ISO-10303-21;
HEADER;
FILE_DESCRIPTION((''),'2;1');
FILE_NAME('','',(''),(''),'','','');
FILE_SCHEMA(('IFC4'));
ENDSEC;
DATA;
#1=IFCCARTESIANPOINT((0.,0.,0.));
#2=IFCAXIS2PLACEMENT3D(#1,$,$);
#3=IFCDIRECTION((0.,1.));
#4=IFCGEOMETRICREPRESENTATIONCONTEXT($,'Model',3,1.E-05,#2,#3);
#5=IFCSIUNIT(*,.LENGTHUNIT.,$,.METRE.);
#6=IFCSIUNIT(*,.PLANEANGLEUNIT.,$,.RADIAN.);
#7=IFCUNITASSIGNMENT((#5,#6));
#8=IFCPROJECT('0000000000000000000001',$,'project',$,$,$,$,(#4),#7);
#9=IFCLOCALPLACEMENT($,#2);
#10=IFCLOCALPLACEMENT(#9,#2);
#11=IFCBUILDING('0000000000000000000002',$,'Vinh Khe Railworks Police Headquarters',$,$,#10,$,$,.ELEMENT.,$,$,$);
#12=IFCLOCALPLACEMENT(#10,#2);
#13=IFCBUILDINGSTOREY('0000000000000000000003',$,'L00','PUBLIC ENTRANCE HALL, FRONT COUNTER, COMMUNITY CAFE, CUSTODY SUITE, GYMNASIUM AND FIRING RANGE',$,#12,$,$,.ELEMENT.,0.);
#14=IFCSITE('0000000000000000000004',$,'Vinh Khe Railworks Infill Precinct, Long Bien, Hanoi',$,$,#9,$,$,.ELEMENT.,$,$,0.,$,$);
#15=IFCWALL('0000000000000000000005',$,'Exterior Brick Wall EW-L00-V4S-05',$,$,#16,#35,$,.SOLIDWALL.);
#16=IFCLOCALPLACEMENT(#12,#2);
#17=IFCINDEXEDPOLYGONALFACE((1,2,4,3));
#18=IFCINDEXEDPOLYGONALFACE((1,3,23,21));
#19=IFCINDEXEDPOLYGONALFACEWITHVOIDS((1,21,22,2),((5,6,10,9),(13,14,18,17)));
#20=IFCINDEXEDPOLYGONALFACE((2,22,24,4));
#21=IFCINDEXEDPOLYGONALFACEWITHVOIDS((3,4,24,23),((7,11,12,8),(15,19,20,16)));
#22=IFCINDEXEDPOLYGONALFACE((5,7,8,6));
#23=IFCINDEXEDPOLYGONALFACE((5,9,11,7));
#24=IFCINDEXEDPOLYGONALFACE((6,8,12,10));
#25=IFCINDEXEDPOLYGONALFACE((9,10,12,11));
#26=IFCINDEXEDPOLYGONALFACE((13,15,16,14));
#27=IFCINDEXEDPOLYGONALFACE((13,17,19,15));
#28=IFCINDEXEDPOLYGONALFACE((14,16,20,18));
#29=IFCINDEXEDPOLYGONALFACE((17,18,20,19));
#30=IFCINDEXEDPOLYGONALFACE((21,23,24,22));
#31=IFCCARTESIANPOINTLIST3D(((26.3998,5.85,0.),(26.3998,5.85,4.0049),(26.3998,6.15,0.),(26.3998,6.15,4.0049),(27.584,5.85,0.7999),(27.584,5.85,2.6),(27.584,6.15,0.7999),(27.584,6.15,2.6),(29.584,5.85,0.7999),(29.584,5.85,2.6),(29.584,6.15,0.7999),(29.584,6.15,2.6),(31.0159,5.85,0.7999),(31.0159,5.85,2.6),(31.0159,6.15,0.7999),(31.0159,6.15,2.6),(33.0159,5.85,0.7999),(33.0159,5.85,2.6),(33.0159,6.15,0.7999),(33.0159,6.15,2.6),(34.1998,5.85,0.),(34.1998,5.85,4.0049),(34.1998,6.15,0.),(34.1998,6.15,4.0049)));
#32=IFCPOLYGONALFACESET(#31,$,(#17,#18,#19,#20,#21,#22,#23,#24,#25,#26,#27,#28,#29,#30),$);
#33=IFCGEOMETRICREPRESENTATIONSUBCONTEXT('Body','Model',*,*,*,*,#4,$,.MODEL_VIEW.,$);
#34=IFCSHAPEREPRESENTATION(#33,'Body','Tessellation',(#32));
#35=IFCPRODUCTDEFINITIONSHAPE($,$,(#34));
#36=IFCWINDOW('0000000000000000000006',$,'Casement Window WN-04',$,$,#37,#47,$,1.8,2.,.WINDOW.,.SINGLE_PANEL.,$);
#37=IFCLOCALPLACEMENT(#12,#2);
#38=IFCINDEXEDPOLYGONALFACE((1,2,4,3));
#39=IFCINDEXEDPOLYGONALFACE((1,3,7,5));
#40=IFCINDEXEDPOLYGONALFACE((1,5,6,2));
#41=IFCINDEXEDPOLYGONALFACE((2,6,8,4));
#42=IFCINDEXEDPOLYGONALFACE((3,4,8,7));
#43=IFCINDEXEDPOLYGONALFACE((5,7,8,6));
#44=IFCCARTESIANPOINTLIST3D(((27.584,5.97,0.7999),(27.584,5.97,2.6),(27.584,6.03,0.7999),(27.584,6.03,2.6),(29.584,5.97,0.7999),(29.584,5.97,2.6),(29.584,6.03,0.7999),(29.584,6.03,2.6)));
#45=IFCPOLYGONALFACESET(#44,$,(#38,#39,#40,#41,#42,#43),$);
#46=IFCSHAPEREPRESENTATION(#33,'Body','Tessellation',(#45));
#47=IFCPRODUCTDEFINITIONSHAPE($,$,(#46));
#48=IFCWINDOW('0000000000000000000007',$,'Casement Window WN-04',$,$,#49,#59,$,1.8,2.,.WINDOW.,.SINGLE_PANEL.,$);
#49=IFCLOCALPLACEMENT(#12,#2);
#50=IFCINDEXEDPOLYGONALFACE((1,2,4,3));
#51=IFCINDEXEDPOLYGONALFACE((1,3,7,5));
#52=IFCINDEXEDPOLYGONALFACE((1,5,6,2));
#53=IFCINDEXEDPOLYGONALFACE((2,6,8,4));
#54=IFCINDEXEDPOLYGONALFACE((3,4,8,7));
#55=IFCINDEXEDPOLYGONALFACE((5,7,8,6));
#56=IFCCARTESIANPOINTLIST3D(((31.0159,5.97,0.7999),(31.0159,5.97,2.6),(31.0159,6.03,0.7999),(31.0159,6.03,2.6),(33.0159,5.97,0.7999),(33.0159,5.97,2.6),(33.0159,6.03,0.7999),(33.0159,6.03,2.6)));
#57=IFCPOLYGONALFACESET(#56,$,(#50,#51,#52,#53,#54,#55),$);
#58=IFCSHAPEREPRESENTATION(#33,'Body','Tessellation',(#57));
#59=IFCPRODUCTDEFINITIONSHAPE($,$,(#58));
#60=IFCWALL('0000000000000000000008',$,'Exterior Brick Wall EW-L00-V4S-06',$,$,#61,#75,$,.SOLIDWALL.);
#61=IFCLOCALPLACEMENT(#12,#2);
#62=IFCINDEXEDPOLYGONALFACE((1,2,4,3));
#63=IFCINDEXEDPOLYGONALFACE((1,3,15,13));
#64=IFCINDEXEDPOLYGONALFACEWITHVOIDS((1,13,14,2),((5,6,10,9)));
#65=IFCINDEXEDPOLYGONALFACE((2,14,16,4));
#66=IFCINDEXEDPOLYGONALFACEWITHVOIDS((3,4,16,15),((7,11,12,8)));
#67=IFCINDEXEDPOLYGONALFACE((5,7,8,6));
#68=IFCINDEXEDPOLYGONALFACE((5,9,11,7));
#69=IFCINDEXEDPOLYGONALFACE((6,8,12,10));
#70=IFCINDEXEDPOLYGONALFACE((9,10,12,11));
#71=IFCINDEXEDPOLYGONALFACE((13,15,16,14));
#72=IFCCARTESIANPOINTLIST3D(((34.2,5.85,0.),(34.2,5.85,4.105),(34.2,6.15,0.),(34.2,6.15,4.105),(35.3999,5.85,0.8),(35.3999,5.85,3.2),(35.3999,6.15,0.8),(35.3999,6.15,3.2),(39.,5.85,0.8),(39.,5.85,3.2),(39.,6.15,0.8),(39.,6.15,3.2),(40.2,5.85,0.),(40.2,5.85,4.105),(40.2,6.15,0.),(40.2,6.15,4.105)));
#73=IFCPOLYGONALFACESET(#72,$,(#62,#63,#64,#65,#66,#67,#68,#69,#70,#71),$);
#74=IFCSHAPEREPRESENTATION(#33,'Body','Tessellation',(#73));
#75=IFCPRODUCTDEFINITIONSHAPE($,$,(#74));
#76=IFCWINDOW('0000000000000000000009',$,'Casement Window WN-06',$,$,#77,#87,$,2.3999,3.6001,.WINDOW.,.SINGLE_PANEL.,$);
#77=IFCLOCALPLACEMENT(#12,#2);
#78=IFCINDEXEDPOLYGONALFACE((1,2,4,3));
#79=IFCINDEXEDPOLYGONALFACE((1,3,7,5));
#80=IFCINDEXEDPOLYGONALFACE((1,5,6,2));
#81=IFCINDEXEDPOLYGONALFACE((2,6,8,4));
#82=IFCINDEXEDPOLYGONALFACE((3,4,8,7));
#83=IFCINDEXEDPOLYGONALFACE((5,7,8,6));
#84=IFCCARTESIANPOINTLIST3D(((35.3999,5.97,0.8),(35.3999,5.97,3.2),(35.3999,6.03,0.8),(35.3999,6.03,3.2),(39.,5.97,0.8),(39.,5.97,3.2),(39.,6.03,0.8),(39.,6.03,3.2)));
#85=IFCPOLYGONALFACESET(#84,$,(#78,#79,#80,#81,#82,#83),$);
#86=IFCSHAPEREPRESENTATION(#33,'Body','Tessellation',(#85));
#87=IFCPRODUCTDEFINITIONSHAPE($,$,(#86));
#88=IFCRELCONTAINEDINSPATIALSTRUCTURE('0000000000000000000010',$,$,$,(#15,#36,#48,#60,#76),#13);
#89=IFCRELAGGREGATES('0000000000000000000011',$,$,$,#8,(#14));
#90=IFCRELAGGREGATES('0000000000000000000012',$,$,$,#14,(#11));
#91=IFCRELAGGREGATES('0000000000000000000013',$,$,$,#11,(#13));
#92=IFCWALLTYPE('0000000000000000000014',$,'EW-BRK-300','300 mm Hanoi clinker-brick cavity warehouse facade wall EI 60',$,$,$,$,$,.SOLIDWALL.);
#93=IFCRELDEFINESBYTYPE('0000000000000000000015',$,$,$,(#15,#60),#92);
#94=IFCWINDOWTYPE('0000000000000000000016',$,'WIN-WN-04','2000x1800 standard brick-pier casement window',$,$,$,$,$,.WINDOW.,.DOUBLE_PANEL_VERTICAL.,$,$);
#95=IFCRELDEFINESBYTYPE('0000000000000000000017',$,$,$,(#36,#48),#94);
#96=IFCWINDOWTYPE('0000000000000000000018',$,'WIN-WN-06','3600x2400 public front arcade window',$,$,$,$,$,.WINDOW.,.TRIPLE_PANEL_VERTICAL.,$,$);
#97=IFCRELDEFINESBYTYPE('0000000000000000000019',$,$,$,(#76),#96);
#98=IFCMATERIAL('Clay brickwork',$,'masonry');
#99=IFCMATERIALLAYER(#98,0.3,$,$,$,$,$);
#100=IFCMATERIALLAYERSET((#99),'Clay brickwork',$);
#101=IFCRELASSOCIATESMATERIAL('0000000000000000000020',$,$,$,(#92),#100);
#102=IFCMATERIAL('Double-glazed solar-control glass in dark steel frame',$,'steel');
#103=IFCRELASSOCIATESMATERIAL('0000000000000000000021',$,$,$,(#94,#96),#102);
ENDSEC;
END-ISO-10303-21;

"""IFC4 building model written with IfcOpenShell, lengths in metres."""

from ifc_helpers import new_model, si_unit, direction, frame, frame_2d, origin, place, context, subcontext, project, spatial, rectangle, extrude, material, layer, layer_set, type_object, element, fill, save


model = new_model("IFC4")

# Units and contexts
model_context = context("Model", 3, precision=1e-05, world=origin(), true_north=direction((0.0, 1.0)))
body_context = subcontext(model_context, "Body", "Model", "MODEL_VIEW")
ifc_project = project(units=[si_unit("LENGTHUNIT", "METRE"), si_unit("PLANEANGLEUNIT", "RADIAN")], contexts=[model_context])

# Site, building, storey
site_placement = place(None, origin())
site = spatial("IfcSite", under=ifc_project, at=site_placement, Name="Vinh Khe Railworks Infill Precinct, Long Bien, Hanoi", CompositionType="ELEMENT", RefElevation=0.0)
building_placement = place(site_placement, origin())
building = spatial("IfcBuilding", under=site, at=building_placement, Name="Vinh Khe Railworks Police Headquarters", CompositionType="ELEMENT")
storey_placement = place(building_placement, origin())
storey = spatial("IfcBuildingStorey", under=building, at=storey_placement, Name="L00", Description="PUBLIC ENTRANCE HALL, FRONT COUNTER, COMMUNITY CAFE, CUSTODY SUITE, GYMNASIUM AND FIRING RANGE", CompositionType="ELEMENT", Elevation=0.0)

# Wall, openings, windows
ifc_material_1 = material(Name="Clay brickwork", Category="masonry")
ifc_layer = layer(ifc_material_1, 0.3)
ifc_layer_set = layer_set([ifc_layer], Name="Clay brickwork")
wall_type = type_object("IfcWallType", Name="EW-BRK-300", Description="300 mm Hanoi clinker-brick cavity warehouse facade wall EI 60", PredefinedType="SOLIDWALL", material=ifc_layer_set)
wall_1_placement = place(storey_placement, frame((26.3999, 6.0, 0.0), z_axis=(0.0, 0.0, 1.0), x_axis=(1.0, 0.0, 0.0)))
wall_1 = element("IfcWall", 1, at=wall_1_placement, inside=storey, type_object=wall_type, Name="Exterior Brick Wall EW-L00-V4S-05", PredefinedType="SOLIDWALL", context=body_context, shape_type="SweptSolid", body=[
    extrude(rectangle(XDim=7.8, YDim=0.3, at=frame_2d((3.8999, 0.0))), origin(), (0.0, 0.0, 1.0), 4.0049),
])
opening_1_placement = place(wall_1_placement, frame((1.1841, 0.0, 0.8)))
opening_1 = element("IfcOpeningElement", 2, at=opening_1_placement, cuts=wall_1, PredefinedType="OPENING", context=body_context, shape_type="SweptSolid", body=[
    extrude(rectangle(XDim=2.0, YDim=1.8, at=frame_2d((1.0, 0.8999))), frame((0.0, 0.165, 0.0), z_axis=(0.0, -1.0, 0.0), x_axis=(1.0, 0.0, 0.0)), (0.0, 0.0, 1.0), 0.3298),
])
opening_2_placement = place(wall_1_placement, frame((4.616, 0.0, 0.8)))
opening_2 = element("IfcOpeningElement", 3, at=opening_2_placement, cuts=wall_1, PredefinedType="OPENING", context=body_context, shape_type="SweptSolid", body=[
    extrude(rectangle(XDim=2.0, YDim=1.8, at=frame_2d((1.0, 0.8999))), frame((0.0, 0.165, 0.0), z_axis=(0.0, -1.0, 0.0), x_axis=(1.0, 0.0, 0.0)), (0.0, 0.0, 1.0), 0.3298),
])
ifc_material_2 = material(Name="Double-glazed solar-control glass in dark steel frame", Category="steel")
window_type_1 = type_object("IfcWindowType", Name="WIN-WN-04", Description="2000x1800 standard brick-pier casement window", PartitioningType="DOUBLE_PANEL_VERTICAL", PredefinedType="WINDOW", material=ifc_material_2)
window_1_placement = place(opening_1_placement, origin())
window_1 = element("IfcWindow", 4, at=window_1_placement, inside=storey, type_object=window_type_1, Name="Casement Window WN-04", OverallHeight=1.8, OverallWidth=2.0, PartitioningType="SINGLE_PANEL", PredefinedType="WINDOW", context=body_context, shape_type="SweptSolid", body=[
    extrude(rectangle(XDim=2.0, YDim=1.8, at=frame_2d((1.0, 0.8999))), frame((0.0, 0.03, 0.0), z_axis=(0.0, -1.0, 0.0), x_axis=(1.0, 0.0, 0.0)), (0.0, 0.0, 1.0), 0.0601),
])
fill(opening_1, window_1)
window_2_placement = place(opening_2_placement, origin())
window_2 = element("IfcWindow", 5, at=window_2_placement, inside=storey, type_object=window_type_1, Name="Casement Window WN-04", OverallHeight=1.8, OverallWidth=2.0, PartitioningType="SINGLE_PANEL", PredefinedType="WINDOW", context=body_context, shape_type="SweptSolid", body=[
    extrude(rectangle(XDim=2.0, YDim=1.8, at=frame_2d((1.0, 0.8999))), frame((0.0, 0.03, 0.0), z_axis=(0.0, -1.0, 0.0), x_axis=(1.0, 0.0, 0.0)), (0.0, 0.0, 1.0), 0.0601),
])
fill(opening_2, window_2)

# Wall, opening, window
wall_2_placement = place(storey_placement, frame((34.2, 6.0, 0.0), z_axis=(0.0, 0.0, 1.0), x_axis=(1.0, 0.0, 0.0)))
wall_2 = element("IfcWall", 6, at=wall_2_placement, inside=storey, type_object=wall_type, Name="Exterior Brick Wall EW-L00-V4S-06", PredefinedType="SOLIDWALL", context=body_context, shape_type="SweptSolid", body=[
    extrude(rectangle(XDim=6.0, YDim=0.3, at=frame_2d((3.0, 0.0))), origin(), (0.0, 0.0, 1.0), 4.105),
])
opening_3_placement = place(wall_2_placement, frame((1.2, 0.0, 0.8)))
opening_3 = element("IfcOpeningElement", 7, at=opening_3_placement, cuts=wall_2, PredefinedType="OPENING", context=body_context, shape_type="SweptSolid", body=[
    extrude(rectangle(XDim=3.6001, YDim=2.3999, at=frame_2d((1.8, 1.2))), frame((0.0, 0.165, 0.0), z_axis=(0.0, -1.0, 0.0), x_axis=(1.0, 0.0, 0.0)), (0.0, 0.0, 1.0), 0.3298),
])
window_type_2 = type_object("IfcWindowType", Name="WIN-WN-06", Description="3600x2400 public front arcade window", PartitioningType="TRIPLE_PANEL_VERTICAL", PredefinedType="WINDOW", material=ifc_material_2)
window_3_placement = place(opening_3_placement, origin())
window_3 = element("IfcWindow", 8, at=window_3_placement, inside=storey, type_object=window_type_2, Name="Casement Window WN-06", OverallHeight=2.3999, OverallWidth=3.6001, PartitioningType="SINGLE_PANEL", PredefinedType="WINDOW", context=body_context, shape_type="SweptSolid", body=[
    extrude(rectangle(XDim=3.6001, YDim=2.3999, at=frame_2d((1.8, 1.2))), frame((0.0, 0.03, 0.0), z_axis=(0.0, -1.0, 0.0), x_axis=(1.0, 0.0, 0.0)), (0.0, 0.0, 1.0), 0.0601),
])
fill(opening_3, window_3)

save(model, "model.ifc")
